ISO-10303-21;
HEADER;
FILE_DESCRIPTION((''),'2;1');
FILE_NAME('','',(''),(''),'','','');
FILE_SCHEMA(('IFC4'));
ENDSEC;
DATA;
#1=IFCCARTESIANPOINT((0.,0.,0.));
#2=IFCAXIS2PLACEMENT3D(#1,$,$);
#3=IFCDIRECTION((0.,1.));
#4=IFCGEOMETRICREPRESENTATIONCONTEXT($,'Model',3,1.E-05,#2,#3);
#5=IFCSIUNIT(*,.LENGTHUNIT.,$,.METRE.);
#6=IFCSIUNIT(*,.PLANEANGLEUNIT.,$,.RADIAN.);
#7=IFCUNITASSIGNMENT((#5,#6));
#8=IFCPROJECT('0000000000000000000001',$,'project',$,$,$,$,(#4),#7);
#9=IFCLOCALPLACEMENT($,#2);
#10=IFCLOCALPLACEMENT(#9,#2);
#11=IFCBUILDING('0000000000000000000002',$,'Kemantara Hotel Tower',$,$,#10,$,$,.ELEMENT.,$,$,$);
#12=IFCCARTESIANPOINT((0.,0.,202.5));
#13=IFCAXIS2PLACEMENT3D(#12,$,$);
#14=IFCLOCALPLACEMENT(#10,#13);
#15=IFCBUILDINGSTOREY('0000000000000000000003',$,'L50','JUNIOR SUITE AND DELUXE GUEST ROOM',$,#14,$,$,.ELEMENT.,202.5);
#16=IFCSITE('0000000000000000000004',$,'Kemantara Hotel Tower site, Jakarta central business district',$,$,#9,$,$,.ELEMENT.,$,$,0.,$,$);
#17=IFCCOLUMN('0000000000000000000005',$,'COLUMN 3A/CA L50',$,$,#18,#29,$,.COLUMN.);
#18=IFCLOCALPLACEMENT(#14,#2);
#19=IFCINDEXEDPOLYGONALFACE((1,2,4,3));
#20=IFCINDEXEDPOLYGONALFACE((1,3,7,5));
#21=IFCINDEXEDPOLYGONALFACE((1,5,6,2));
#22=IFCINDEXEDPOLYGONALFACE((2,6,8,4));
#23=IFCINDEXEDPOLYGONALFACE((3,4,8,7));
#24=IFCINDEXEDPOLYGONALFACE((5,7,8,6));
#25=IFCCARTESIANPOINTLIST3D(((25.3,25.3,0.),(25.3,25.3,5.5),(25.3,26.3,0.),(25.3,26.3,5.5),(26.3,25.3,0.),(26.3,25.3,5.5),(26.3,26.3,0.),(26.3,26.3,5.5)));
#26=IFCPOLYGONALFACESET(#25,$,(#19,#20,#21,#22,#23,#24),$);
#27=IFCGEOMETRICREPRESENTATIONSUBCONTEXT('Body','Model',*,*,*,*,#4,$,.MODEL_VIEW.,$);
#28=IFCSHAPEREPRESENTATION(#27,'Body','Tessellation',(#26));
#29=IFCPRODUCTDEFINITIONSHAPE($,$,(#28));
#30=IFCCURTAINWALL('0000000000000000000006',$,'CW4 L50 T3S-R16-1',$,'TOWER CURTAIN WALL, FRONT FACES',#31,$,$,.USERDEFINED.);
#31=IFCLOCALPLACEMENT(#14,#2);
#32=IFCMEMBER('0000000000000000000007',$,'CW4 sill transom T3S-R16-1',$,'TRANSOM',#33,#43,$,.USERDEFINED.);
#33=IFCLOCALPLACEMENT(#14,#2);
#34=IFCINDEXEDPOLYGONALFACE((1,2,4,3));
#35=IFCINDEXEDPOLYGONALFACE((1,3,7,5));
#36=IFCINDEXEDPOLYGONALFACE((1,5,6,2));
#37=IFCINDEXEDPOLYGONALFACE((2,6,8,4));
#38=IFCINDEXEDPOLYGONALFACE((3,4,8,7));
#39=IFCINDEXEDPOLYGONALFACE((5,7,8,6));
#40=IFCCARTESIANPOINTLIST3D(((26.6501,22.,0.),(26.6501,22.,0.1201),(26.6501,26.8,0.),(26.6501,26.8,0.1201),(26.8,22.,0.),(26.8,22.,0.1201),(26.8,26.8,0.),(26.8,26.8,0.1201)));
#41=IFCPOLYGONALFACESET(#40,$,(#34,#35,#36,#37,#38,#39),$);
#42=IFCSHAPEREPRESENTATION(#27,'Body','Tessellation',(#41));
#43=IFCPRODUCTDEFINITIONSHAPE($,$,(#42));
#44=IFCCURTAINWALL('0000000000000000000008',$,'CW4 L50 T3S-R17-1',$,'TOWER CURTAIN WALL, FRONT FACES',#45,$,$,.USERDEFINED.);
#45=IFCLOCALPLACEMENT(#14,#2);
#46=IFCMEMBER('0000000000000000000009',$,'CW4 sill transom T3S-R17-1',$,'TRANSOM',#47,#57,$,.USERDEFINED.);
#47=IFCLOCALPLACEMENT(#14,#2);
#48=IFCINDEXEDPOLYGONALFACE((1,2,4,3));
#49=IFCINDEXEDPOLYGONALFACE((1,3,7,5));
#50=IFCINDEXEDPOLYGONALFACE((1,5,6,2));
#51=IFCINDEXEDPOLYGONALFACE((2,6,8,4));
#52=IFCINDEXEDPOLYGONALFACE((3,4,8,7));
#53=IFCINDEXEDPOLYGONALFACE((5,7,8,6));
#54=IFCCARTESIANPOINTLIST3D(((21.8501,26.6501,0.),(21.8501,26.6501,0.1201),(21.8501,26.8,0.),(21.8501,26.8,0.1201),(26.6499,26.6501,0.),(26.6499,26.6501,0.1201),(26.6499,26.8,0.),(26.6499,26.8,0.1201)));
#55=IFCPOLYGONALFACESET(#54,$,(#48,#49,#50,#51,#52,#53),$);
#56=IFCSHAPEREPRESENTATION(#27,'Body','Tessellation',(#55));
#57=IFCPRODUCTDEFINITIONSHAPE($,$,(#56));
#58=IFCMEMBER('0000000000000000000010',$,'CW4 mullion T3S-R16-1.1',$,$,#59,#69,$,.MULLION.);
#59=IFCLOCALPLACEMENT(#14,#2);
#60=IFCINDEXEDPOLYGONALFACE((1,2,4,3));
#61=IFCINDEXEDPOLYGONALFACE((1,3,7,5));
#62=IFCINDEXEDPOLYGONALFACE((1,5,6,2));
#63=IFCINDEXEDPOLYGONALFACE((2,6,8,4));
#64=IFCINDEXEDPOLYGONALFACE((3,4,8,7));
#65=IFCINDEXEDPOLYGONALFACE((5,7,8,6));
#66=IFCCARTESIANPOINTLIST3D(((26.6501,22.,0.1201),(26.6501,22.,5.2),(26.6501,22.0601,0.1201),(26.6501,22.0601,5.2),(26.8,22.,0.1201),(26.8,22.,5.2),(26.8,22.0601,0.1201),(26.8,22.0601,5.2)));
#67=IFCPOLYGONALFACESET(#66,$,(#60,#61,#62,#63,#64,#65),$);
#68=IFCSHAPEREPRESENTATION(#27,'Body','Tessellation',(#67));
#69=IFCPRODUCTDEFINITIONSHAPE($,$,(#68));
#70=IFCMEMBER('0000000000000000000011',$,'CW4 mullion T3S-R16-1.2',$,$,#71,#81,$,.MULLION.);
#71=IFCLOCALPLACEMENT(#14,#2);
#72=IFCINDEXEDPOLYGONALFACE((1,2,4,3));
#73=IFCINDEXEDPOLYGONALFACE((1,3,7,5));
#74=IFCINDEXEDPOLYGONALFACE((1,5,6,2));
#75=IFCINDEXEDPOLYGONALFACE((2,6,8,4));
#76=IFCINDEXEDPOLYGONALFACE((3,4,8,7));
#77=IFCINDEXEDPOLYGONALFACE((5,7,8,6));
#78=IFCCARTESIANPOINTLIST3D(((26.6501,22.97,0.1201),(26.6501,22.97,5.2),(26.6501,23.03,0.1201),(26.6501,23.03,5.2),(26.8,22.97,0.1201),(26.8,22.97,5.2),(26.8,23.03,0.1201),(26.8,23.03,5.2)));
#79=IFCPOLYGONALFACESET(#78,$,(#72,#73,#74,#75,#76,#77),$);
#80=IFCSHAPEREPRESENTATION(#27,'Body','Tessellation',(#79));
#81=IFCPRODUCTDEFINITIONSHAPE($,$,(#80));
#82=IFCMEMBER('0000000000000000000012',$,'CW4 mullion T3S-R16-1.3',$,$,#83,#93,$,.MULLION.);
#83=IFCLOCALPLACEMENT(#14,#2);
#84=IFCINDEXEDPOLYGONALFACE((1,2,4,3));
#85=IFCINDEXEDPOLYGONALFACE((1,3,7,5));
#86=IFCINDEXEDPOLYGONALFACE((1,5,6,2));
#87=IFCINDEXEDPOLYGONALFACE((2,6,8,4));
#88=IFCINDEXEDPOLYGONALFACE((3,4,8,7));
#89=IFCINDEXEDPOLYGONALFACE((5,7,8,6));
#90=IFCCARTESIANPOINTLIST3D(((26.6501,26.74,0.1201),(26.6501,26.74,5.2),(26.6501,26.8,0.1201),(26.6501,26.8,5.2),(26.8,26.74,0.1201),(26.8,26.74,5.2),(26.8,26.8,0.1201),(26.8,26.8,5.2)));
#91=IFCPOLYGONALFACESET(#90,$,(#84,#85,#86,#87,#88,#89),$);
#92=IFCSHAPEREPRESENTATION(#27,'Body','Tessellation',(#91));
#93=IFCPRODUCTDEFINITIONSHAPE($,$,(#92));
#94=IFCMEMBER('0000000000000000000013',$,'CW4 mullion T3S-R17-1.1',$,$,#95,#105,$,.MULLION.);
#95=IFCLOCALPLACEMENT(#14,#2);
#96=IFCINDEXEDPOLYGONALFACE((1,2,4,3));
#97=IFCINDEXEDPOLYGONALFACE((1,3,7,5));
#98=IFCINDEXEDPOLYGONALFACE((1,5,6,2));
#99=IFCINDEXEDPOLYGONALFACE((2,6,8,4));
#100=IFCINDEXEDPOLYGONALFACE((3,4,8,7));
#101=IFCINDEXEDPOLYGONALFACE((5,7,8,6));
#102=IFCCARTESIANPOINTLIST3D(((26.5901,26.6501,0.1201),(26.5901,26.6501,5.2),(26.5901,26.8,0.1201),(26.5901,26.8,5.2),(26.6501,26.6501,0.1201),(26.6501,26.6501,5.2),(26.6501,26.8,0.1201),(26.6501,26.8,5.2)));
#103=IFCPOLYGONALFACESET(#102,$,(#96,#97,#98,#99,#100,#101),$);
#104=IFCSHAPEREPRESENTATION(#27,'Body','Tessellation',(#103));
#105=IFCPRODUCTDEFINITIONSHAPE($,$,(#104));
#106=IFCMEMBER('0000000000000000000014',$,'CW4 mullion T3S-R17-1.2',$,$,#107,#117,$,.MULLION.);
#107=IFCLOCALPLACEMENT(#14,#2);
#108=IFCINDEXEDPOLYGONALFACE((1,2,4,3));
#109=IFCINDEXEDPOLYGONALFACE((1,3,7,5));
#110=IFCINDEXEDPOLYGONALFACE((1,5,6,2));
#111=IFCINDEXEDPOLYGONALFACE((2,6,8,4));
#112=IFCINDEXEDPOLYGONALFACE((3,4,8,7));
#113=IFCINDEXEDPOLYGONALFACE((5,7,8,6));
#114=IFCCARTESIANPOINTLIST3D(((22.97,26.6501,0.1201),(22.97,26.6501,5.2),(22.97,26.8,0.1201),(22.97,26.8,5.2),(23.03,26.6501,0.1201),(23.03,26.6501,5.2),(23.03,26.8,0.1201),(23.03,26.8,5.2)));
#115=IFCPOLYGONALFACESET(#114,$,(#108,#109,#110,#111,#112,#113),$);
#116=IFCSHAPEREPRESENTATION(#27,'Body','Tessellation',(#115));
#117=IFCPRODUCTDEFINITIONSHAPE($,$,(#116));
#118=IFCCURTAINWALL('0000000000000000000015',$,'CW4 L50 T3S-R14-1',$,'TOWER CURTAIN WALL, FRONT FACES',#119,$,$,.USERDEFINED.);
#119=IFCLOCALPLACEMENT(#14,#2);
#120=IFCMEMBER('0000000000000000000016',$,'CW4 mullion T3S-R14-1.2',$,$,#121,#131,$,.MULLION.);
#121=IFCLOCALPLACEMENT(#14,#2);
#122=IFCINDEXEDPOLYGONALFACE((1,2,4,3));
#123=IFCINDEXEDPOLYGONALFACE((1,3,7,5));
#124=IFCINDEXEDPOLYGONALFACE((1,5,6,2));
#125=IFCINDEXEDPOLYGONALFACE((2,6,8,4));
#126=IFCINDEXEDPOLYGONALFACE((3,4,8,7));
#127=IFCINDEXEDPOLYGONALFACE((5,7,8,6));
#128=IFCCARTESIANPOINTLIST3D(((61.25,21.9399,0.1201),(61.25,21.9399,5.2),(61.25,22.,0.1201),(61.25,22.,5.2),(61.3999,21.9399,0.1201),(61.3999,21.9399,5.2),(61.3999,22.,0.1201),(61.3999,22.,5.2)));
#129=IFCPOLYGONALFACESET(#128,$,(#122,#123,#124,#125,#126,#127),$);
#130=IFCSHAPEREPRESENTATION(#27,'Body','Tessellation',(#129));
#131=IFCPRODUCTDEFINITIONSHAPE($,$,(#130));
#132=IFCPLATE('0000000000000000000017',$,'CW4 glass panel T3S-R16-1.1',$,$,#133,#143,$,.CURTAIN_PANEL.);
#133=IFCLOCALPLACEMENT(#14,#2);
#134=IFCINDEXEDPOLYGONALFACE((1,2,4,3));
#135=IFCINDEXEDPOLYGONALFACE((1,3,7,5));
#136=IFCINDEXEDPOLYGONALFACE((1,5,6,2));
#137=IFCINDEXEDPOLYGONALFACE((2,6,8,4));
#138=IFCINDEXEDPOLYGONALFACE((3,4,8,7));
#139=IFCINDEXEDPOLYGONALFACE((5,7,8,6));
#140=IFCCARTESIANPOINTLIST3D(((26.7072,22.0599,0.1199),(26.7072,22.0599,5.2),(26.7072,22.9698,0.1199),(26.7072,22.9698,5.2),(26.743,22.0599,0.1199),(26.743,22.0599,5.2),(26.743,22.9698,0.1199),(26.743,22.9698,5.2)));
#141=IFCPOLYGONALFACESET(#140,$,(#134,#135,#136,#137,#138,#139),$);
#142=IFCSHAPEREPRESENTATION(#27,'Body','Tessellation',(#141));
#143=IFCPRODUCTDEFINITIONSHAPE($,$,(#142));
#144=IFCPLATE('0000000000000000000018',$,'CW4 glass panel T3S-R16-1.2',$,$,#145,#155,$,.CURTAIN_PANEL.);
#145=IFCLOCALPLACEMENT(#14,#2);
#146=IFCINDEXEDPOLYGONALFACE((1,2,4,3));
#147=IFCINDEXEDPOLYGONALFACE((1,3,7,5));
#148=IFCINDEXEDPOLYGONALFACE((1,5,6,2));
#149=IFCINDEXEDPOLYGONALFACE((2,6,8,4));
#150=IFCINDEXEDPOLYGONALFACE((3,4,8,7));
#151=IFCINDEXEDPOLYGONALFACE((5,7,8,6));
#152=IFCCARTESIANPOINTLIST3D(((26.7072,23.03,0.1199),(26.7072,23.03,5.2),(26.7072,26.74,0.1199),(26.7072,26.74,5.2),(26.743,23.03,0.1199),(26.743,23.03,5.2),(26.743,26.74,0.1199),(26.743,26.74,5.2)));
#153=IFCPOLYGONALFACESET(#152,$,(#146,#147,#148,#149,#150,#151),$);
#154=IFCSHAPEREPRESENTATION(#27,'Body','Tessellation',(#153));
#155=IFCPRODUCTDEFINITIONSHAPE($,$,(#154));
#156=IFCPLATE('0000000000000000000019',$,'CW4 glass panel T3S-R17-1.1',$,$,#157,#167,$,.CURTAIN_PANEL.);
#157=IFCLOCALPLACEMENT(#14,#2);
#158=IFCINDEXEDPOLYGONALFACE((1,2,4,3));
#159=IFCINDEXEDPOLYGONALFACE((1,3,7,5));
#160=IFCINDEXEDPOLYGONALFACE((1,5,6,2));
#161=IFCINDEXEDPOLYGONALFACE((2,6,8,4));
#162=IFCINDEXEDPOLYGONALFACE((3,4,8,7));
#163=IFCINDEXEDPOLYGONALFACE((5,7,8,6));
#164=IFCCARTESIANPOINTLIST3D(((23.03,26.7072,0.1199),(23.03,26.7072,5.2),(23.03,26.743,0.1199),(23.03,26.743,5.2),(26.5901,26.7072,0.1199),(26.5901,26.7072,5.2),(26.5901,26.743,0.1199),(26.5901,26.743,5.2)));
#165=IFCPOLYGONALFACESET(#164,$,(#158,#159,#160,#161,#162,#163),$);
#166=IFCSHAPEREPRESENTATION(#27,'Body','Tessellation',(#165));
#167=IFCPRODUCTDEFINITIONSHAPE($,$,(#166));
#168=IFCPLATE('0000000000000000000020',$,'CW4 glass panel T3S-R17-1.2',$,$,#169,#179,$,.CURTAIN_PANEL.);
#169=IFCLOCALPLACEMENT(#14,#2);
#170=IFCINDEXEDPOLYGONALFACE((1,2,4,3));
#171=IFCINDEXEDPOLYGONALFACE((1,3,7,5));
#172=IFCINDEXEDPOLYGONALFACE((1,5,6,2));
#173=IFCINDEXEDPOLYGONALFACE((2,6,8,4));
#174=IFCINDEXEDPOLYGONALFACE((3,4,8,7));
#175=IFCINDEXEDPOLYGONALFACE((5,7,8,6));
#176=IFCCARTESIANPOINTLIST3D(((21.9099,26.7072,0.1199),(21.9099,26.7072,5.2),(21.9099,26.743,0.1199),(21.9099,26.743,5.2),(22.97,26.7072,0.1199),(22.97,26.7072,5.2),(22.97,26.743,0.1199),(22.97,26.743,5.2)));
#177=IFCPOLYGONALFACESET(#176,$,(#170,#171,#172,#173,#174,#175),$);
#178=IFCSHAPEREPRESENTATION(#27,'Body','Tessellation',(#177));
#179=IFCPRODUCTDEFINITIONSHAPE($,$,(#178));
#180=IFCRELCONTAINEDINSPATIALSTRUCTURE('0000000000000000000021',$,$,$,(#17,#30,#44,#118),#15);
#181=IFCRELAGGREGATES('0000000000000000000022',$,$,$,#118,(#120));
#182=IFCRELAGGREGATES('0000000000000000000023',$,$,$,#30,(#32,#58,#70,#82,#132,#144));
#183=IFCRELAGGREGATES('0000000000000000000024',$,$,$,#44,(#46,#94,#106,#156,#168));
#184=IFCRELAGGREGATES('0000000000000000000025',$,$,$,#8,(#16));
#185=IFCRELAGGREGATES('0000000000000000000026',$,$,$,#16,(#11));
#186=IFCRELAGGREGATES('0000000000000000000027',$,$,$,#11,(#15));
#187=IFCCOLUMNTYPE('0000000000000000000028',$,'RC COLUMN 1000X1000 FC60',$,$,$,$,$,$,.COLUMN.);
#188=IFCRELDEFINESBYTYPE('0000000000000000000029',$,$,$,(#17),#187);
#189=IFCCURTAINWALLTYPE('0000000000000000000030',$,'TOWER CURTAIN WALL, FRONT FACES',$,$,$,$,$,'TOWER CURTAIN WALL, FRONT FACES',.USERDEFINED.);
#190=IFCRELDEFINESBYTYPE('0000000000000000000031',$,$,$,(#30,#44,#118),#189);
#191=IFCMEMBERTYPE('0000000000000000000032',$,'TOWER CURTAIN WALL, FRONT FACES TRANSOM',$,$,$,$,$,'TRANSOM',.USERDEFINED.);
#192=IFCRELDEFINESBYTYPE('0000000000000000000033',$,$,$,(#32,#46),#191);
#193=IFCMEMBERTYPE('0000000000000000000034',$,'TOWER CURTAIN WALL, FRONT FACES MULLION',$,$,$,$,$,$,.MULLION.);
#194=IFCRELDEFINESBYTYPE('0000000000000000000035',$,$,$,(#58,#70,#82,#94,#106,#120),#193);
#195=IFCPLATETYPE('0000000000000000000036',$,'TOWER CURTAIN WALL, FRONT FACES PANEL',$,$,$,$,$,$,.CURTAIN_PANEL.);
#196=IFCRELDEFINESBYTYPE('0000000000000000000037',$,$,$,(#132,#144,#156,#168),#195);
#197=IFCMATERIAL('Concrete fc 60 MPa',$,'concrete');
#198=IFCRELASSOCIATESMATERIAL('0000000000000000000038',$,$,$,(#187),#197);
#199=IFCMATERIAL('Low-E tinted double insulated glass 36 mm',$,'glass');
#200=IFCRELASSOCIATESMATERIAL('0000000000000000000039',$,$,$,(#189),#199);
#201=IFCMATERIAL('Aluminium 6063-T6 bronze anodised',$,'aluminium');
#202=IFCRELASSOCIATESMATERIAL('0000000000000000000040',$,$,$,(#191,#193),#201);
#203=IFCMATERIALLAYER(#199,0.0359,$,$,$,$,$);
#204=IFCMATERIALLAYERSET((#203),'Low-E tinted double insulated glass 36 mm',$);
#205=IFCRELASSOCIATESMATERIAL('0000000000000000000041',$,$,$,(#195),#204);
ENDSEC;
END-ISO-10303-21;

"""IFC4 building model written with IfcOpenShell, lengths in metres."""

from ifc_helpers import new_model, si_unit, direction, frame, origin, origin_2d, place, context, subcontext, project, spatial, rectangle, extrude, source, transform, mapped, material, layer, layer_set, material_profile, profile_set, type_object, element, aggregate, save


model = new_model("IFC4")

# Units and contexts
model_context = context("Model", 3, precision=1e-05, world=origin(), true_north=direction((0.0, 1.0)))
body_context = subcontext(model_context, "Body", "Model", "MODEL_VIEW")
ifc_project = project(units=[si_unit("LENGTHUNIT", "METRE"), si_unit("PLANEANGLEUNIT", "RADIAN")], contexts=[model_context])

# Site, building, storey
site_placement = place(None, origin())
site = spatial("IfcSite", under=ifc_project, at=site_placement, Name="Kemantara Hotel Tower site, Jakarta central business district", CompositionType="ELEMENT", RefElevation=0.0)
building_placement = place(site_placement, origin())
building = spatial("IfcBuilding", under=site, at=building_placement, Name="Kemantara Hotel Tower", CompositionType="ELEMENT")
storey_placement = place(building_placement, frame((0.0, 0.0, 202.5)))
storey = spatial("IfcBuildingStorey", under=building, at=storey_placement, Name="L50", Description="JUNIOR SUITE AND DELUXE GUEST ROOM", CompositionType="ELEMENT", Elevation=202.5)

# Column
ifc_material_1 = material(Name="Concrete fc 60 MPa", Category="concrete")
ifc_material_profile_1 = material_profile(ifc_material_1, rectangle(XDim=1.0, YDim=1.0, at=origin_2d()), Name="RC 1000X1000")
ifc_profile_set_1 = profile_set([ifc_material_profile_1], Name="Concrete fc 60 MPa")
column_type = type_object("IfcColumnType", Name="RC COLUMN 1000X1000 FC60", PredefinedType="COLUMN", material=ifc_profile_set_1)
column_placement = place(storey_placement, frame((25.8, 25.8, 0.0), z_axis=(0.0, 0.0, 1.0), x_axis=(1.0, 0.0, 0.0)))
element("IfcColumn", 1, at=column_placement, inside=storey, type_object=column_type, Name="COLUMN 3A/CA L50", PredefinedType="COLUMN", context=body_context, shape_type="SweptSolid", body=[
    extrude(rectangle(XDim=1.0, YDim=1.0, at=origin_2d()), origin(), (0.0, 0.0, 1.0), 5.5),
])

# Curtain walls, members
ifc_material_2 = material(Name="Low-E tinted double insulated glass 36 mm", Category="glass")
curtain_wall_type = type_object("IfcCurtainWallType", Name="TOWER CURTAIN WALL, FRONT FACES", ElementType="TOWER CURTAIN WALL, FRONT FACES", PredefinedType="USERDEFINED", material=ifc_material_2)
curtain_wall_1_placement = place(storey_placement, origin())
curtain_wall_1 = element("IfcCurtainWall", 2, at=curtain_wall_1_placement, inside=storey, type_object=curtain_wall_type, Name="CW4 L50 T3S-R16-1", ObjectType="TOWER CURTAIN WALL, FRONT FACES", PredefinedType="USERDEFINED")
ifc_material_3 = material(Name="Aluminium 6063-T6 bronze anodised", Category="aluminium")
ifc_material_profile_2 = material_profile(ifc_material_3, rectangle(XDim=0.1499, YDim=0.1201, at=origin_2d()), Name="TOWER CURTAIN WALL, FRONT FACES TRANSOM")
ifc_profile_set_2 = profile_set([ifc_material_profile_2], Name="Aluminium 6063-T6 bronze anodised")
member_type_1 = type_object("IfcMemberType", Name="TOWER CURTAIN WALL, FRONT FACES TRANSOM", ElementType="TRANSOM", PredefinedType="USERDEFINED", material=ifc_profile_set_2)
member_1_placement = place(storey_placement, frame((26.7251, 22.0, 0.0601), z_axis=(0.0, 1.0, 0.0), x_axis=(-1.0, 0.0, 0.0)))
member_1 = element("IfcMember", 3, at=member_1_placement, type_object=member_type_1, Name="CW4 sill transom T3S-R16-1", ObjectType="TRANSOM", PredefinedType="USERDEFINED", context=body_context, shape_type="SweptSolid", body=[
    extrude(rectangle(XDim=0.1499, YDim=0.1201, at=origin_2d()), origin(), (0.0, 0.0, 1.0), 4.8),
])
curtain_wall_2_placement = place(storey_placement, origin())
curtain_wall_2 = element("IfcCurtainWall", 4, at=curtain_wall_2_placement, inside=storey, type_object=curtain_wall_type, Name="CW4 L50 T3S-R17-1", ObjectType="TOWER CURTAIN WALL, FRONT FACES", PredefinedType="USERDEFINED")
member_2_placement = place(storey_placement, frame((26.6499, 26.7251, 0.0601), z_axis=(-1.0, 0.0, 0.0), x_axis=(0.0, -1.0, 0.0)))
member_2 = element("IfcMember", 5, at=member_2_placement, type_object=member_type_1, Name="CW4 sill transom T3S-R17-1", ObjectType="TRANSOM", PredefinedType="USERDEFINED", context=body_context, shape_type="SweptSolid", body=[
    extrude(rectangle(XDim=0.1499, YDim=0.1201, at=origin_2d()), origin(), (0.0, 0.0, 1.0), 4.7998),
])

# Members
ifc_material_profile_3 = material_profile(ifc_material_3, rectangle(XDim=0.1499, YDim=0.0601, at=origin_2d()), Name="TOWER CURTAIN WALL, FRONT FACES MULLION")
ifc_profile_set_3 = profile_set([ifc_material_profile_3], Name="Aluminium 6063-T6 bronze anodised")
member_type_2 = type_object("IfcMemberType", Name="TOWER CURTAIN WALL, FRONT FACES MULLION", PredefinedType="MULLION", material=ifc_profile_set_3)
shared_shape_1 = source(origin(), body_context, "Body", "SweptSolid", [
    extrude(rectangle(XDim=0.1499, YDim=0.0601, at=origin_2d()), origin(), (0.0, 0.0, 1.0), 5.0798),
])
member_3_placement = place(storey_placement, frame((26.7251, 22.03, 0.1201), z_axis=(0.0, 0.0, 1.0), x_axis=(-1.0, 0.0, 0.0)))
member_3 = element("IfcMember", 6, at=member_3_placement, type_object=member_type_2, Name="CW4 mullion T3S-R16-1.1", PredefinedType="MULLION", context=body_context, shape_type="MappedRepresentation", body=[
    mapped(shared_shape_1, transform((0.0, 0.0, 0.0))),
])
member_4_placement = place(storey_placement, frame((26.7251, 23.0, 0.1201), z_axis=(0.0, 0.0, 1.0), x_axis=(-1.0, 0.0, 0.0)))
member_4 = element("IfcMember", 7, at=member_4_placement, type_object=member_type_2, Name="CW4 mullion T3S-R16-1.2", PredefinedType="MULLION", context=body_context, shape_type="MappedRepresentation", body=[
    mapped(shared_shape_1, transform((0.0, 0.0, 0.0))),
])
member_5_placement = place(storey_placement, frame((26.7251, 26.77, 0.1201), z_axis=(0.0, 0.0, 1.0), x_axis=(-1.0, 0.0, 0.0)))
member_5 = element("IfcMember", 8, at=member_5_placement, type_object=member_type_2, Name="CW4 mullion T3S-R16-1.3", PredefinedType="MULLION", context=body_context, shape_type="MappedRepresentation", body=[
    mapped(shared_shape_1, transform((0.0, 0.0, 0.0))),
])
member_6_placement = place(storey_placement, frame((26.6201, 26.7251, 0.1201), z_axis=(0.0, 0.0, 1.0), x_axis=(0.0, -1.0, 0.0)))
member_6 = element("IfcMember", 9, at=member_6_placement, type_object=member_type_2, Name="CW4 mullion T3S-R17-1.1", PredefinedType="MULLION", context=body_context, shape_type="MappedRepresentation", body=[
    mapped(shared_shape_1, transform((0.0, 0.0, 0.0))),
])
member_7_placement = place(storey_placement, frame((23.0, 26.7251, 0.1201), z_axis=(0.0, 0.0, 1.0), x_axis=(0.0, -1.0, 0.0)))
member_7 = element("IfcMember", 10, at=member_7_placement, type_object=member_type_2, Name="CW4 mullion T3S-R17-1.2", PredefinedType="MULLION", context=body_context, shape_type="MappedRepresentation", body=[
    mapped(shared_shape_1, transform((0.0, 0.0, 0.0))),
])

# Curtain wall, member
curtain_wall_3_placement = place(storey_placement, origin())
curtain_wall_3 = element("IfcCurtainWall", 11, at=curtain_wall_3_placement, inside=storey, type_object=curtain_wall_type, Name="CW4 L50 T3S-R14-1", ObjectType="TOWER CURTAIN WALL, FRONT FACES", PredefinedType="USERDEFINED")
member_8_placement = place(storey_placement, frame((61.325, 21.97, 0.1201), z_axis=(0.0, 0.0, 1.0), x_axis=(-1.0, 0.0, 0.0)))
member_8 = element("IfcMember", 12, at=member_8_placement, type_object=member_type_2, Name="CW4 mullion T3S-R14-1.2", PredefinedType="MULLION", context=body_context, shape_type="MappedRepresentation", body=[
    mapped(shared_shape_1, transform((0.0, 0.0, 0.0))),
])
aggregate(curtain_wall_3, [member_8])

# Plates
ifc_layer_1 = layer(ifc_material_2, 0.0359)
ifc_layer_set_1 = layer_set([ifc_layer_1], Name="Low-E tinted double insulated glass 36 mm")
plate_type = type_object("IfcPlateType", Name="TOWER CURTAIN WALL, FRONT FACES PANEL", PredefinedType="CURTAIN_PANEL", material=ifc_layer_set_1)
shared_shape_2 = source(origin(), body_context, "Body", "SweptSolid", [
    extrude(rectangle(XDim=0.9099, YDim=0.0359, at=origin_2d()), origin(), (0.0, 0.0, 1.0), 5.0801),
])
plate_1_placement = place(storey_placement, frame((26.7251, 22.5149, 0.1199), z_axis=(0.0, 0.0, 1.0), x_axis=(0.0, 1.0, 0.0)))
plate_1 = element("IfcPlate", 13, at=plate_1_placement, type_object=plate_type, Name="CW4 glass panel T3S-R16-1.1", PredefinedType="CURTAIN_PANEL", context=body_context, shape_type="MappedRepresentation", body=[
    mapped(shared_shape_2, transform((0.0, 0.0, 0.0))),
])
shared_shape_3 = source(origin(), body_context, "Body", "SweptSolid", [
    extrude(rectangle(XDim=3.71, YDim=0.0359, at=origin_2d()), origin(), (0.0, 0.0, 1.0), 5.0801),
])
plate_2_placement = place(storey_placement, frame((26.7251, 24.885, 0.1199), z_axis=(0.0, 0.0, 1.0), x_axis=(0.0, 1.0, 0.0)))
plate_2 = element("IfcPlate", 14, at=plate_2_placement, type_object=plate_type, Name="CW4 glass panel T3S-R16-1.2", PredefinedType="CURTAIN_PANEL", context=body_context, shape_type="MappedRepresentation", body=[
    mapped(shared_shape_3, transform((0.0, 0.0, 0.0))),
])
aggregate(curtain_wall_1, [member_1, member_3, member_4, member_5, plate_1, plate_2])
shared_shape_4 = source(origin(), body_context, "Body", "SweptSolid", [
    extrude(rectangle(XDim=3.5601, YDim=0.0359, at=origin_2d()), origin(), (0.0, 0.0, 1.0), 5.0801),
])
plate_3_placement = place(storey_placement, frame((24.8101, 26.7251, 0.1199), z_axis=(0.0, 0.0, 1.0), x_axis=(-1.0, 0.0, 0.0)))
plate_3 = element("IfcPlate", 15, at=plate_3_placement, type_object=plate_type, Name="CW4 glass panel T3S-R17-1.1", PredefinedType="CURTAIN_PANEL", context=body_context, shape_type="MappedRepresentation", body=[
    mapped(shared_shape_4, transform((0.0, 0.0, 0.0))),
])
shared_shape_5 = source(origin(), body_context, "Body", "SweptSolid", [
    extrude(rectangle(XDim=1.0601, YDim=0.0359, at=origin_2d()), origin(), (0.0, 0.0, 1.0), 5.0801),
])
plate_4_placement = place(storey_placement, frame((22.4399, 26.7251, 0.1199), z_axis=(0.0, 0.0, 1.0), x_axis=(-1.0, 0.0, 0.0)))
plate_4 = element("IfcPlate", 16, at=plate_4_placement, type_object=plate_type, Name="CW4 glass panel T3S-R17-1.2", PredefinedType="CURTAIN_PANEL", context=body_context, shape_type="MappedRepresentation", body=[
    mapped(shared_shape_5, transform((0.0, 0.0, 0.0))),
])
aggregate(curtain_wall_2, [member_2, member_6, member_7, plate_3, plate_4])

save(model, "model.ifc")
